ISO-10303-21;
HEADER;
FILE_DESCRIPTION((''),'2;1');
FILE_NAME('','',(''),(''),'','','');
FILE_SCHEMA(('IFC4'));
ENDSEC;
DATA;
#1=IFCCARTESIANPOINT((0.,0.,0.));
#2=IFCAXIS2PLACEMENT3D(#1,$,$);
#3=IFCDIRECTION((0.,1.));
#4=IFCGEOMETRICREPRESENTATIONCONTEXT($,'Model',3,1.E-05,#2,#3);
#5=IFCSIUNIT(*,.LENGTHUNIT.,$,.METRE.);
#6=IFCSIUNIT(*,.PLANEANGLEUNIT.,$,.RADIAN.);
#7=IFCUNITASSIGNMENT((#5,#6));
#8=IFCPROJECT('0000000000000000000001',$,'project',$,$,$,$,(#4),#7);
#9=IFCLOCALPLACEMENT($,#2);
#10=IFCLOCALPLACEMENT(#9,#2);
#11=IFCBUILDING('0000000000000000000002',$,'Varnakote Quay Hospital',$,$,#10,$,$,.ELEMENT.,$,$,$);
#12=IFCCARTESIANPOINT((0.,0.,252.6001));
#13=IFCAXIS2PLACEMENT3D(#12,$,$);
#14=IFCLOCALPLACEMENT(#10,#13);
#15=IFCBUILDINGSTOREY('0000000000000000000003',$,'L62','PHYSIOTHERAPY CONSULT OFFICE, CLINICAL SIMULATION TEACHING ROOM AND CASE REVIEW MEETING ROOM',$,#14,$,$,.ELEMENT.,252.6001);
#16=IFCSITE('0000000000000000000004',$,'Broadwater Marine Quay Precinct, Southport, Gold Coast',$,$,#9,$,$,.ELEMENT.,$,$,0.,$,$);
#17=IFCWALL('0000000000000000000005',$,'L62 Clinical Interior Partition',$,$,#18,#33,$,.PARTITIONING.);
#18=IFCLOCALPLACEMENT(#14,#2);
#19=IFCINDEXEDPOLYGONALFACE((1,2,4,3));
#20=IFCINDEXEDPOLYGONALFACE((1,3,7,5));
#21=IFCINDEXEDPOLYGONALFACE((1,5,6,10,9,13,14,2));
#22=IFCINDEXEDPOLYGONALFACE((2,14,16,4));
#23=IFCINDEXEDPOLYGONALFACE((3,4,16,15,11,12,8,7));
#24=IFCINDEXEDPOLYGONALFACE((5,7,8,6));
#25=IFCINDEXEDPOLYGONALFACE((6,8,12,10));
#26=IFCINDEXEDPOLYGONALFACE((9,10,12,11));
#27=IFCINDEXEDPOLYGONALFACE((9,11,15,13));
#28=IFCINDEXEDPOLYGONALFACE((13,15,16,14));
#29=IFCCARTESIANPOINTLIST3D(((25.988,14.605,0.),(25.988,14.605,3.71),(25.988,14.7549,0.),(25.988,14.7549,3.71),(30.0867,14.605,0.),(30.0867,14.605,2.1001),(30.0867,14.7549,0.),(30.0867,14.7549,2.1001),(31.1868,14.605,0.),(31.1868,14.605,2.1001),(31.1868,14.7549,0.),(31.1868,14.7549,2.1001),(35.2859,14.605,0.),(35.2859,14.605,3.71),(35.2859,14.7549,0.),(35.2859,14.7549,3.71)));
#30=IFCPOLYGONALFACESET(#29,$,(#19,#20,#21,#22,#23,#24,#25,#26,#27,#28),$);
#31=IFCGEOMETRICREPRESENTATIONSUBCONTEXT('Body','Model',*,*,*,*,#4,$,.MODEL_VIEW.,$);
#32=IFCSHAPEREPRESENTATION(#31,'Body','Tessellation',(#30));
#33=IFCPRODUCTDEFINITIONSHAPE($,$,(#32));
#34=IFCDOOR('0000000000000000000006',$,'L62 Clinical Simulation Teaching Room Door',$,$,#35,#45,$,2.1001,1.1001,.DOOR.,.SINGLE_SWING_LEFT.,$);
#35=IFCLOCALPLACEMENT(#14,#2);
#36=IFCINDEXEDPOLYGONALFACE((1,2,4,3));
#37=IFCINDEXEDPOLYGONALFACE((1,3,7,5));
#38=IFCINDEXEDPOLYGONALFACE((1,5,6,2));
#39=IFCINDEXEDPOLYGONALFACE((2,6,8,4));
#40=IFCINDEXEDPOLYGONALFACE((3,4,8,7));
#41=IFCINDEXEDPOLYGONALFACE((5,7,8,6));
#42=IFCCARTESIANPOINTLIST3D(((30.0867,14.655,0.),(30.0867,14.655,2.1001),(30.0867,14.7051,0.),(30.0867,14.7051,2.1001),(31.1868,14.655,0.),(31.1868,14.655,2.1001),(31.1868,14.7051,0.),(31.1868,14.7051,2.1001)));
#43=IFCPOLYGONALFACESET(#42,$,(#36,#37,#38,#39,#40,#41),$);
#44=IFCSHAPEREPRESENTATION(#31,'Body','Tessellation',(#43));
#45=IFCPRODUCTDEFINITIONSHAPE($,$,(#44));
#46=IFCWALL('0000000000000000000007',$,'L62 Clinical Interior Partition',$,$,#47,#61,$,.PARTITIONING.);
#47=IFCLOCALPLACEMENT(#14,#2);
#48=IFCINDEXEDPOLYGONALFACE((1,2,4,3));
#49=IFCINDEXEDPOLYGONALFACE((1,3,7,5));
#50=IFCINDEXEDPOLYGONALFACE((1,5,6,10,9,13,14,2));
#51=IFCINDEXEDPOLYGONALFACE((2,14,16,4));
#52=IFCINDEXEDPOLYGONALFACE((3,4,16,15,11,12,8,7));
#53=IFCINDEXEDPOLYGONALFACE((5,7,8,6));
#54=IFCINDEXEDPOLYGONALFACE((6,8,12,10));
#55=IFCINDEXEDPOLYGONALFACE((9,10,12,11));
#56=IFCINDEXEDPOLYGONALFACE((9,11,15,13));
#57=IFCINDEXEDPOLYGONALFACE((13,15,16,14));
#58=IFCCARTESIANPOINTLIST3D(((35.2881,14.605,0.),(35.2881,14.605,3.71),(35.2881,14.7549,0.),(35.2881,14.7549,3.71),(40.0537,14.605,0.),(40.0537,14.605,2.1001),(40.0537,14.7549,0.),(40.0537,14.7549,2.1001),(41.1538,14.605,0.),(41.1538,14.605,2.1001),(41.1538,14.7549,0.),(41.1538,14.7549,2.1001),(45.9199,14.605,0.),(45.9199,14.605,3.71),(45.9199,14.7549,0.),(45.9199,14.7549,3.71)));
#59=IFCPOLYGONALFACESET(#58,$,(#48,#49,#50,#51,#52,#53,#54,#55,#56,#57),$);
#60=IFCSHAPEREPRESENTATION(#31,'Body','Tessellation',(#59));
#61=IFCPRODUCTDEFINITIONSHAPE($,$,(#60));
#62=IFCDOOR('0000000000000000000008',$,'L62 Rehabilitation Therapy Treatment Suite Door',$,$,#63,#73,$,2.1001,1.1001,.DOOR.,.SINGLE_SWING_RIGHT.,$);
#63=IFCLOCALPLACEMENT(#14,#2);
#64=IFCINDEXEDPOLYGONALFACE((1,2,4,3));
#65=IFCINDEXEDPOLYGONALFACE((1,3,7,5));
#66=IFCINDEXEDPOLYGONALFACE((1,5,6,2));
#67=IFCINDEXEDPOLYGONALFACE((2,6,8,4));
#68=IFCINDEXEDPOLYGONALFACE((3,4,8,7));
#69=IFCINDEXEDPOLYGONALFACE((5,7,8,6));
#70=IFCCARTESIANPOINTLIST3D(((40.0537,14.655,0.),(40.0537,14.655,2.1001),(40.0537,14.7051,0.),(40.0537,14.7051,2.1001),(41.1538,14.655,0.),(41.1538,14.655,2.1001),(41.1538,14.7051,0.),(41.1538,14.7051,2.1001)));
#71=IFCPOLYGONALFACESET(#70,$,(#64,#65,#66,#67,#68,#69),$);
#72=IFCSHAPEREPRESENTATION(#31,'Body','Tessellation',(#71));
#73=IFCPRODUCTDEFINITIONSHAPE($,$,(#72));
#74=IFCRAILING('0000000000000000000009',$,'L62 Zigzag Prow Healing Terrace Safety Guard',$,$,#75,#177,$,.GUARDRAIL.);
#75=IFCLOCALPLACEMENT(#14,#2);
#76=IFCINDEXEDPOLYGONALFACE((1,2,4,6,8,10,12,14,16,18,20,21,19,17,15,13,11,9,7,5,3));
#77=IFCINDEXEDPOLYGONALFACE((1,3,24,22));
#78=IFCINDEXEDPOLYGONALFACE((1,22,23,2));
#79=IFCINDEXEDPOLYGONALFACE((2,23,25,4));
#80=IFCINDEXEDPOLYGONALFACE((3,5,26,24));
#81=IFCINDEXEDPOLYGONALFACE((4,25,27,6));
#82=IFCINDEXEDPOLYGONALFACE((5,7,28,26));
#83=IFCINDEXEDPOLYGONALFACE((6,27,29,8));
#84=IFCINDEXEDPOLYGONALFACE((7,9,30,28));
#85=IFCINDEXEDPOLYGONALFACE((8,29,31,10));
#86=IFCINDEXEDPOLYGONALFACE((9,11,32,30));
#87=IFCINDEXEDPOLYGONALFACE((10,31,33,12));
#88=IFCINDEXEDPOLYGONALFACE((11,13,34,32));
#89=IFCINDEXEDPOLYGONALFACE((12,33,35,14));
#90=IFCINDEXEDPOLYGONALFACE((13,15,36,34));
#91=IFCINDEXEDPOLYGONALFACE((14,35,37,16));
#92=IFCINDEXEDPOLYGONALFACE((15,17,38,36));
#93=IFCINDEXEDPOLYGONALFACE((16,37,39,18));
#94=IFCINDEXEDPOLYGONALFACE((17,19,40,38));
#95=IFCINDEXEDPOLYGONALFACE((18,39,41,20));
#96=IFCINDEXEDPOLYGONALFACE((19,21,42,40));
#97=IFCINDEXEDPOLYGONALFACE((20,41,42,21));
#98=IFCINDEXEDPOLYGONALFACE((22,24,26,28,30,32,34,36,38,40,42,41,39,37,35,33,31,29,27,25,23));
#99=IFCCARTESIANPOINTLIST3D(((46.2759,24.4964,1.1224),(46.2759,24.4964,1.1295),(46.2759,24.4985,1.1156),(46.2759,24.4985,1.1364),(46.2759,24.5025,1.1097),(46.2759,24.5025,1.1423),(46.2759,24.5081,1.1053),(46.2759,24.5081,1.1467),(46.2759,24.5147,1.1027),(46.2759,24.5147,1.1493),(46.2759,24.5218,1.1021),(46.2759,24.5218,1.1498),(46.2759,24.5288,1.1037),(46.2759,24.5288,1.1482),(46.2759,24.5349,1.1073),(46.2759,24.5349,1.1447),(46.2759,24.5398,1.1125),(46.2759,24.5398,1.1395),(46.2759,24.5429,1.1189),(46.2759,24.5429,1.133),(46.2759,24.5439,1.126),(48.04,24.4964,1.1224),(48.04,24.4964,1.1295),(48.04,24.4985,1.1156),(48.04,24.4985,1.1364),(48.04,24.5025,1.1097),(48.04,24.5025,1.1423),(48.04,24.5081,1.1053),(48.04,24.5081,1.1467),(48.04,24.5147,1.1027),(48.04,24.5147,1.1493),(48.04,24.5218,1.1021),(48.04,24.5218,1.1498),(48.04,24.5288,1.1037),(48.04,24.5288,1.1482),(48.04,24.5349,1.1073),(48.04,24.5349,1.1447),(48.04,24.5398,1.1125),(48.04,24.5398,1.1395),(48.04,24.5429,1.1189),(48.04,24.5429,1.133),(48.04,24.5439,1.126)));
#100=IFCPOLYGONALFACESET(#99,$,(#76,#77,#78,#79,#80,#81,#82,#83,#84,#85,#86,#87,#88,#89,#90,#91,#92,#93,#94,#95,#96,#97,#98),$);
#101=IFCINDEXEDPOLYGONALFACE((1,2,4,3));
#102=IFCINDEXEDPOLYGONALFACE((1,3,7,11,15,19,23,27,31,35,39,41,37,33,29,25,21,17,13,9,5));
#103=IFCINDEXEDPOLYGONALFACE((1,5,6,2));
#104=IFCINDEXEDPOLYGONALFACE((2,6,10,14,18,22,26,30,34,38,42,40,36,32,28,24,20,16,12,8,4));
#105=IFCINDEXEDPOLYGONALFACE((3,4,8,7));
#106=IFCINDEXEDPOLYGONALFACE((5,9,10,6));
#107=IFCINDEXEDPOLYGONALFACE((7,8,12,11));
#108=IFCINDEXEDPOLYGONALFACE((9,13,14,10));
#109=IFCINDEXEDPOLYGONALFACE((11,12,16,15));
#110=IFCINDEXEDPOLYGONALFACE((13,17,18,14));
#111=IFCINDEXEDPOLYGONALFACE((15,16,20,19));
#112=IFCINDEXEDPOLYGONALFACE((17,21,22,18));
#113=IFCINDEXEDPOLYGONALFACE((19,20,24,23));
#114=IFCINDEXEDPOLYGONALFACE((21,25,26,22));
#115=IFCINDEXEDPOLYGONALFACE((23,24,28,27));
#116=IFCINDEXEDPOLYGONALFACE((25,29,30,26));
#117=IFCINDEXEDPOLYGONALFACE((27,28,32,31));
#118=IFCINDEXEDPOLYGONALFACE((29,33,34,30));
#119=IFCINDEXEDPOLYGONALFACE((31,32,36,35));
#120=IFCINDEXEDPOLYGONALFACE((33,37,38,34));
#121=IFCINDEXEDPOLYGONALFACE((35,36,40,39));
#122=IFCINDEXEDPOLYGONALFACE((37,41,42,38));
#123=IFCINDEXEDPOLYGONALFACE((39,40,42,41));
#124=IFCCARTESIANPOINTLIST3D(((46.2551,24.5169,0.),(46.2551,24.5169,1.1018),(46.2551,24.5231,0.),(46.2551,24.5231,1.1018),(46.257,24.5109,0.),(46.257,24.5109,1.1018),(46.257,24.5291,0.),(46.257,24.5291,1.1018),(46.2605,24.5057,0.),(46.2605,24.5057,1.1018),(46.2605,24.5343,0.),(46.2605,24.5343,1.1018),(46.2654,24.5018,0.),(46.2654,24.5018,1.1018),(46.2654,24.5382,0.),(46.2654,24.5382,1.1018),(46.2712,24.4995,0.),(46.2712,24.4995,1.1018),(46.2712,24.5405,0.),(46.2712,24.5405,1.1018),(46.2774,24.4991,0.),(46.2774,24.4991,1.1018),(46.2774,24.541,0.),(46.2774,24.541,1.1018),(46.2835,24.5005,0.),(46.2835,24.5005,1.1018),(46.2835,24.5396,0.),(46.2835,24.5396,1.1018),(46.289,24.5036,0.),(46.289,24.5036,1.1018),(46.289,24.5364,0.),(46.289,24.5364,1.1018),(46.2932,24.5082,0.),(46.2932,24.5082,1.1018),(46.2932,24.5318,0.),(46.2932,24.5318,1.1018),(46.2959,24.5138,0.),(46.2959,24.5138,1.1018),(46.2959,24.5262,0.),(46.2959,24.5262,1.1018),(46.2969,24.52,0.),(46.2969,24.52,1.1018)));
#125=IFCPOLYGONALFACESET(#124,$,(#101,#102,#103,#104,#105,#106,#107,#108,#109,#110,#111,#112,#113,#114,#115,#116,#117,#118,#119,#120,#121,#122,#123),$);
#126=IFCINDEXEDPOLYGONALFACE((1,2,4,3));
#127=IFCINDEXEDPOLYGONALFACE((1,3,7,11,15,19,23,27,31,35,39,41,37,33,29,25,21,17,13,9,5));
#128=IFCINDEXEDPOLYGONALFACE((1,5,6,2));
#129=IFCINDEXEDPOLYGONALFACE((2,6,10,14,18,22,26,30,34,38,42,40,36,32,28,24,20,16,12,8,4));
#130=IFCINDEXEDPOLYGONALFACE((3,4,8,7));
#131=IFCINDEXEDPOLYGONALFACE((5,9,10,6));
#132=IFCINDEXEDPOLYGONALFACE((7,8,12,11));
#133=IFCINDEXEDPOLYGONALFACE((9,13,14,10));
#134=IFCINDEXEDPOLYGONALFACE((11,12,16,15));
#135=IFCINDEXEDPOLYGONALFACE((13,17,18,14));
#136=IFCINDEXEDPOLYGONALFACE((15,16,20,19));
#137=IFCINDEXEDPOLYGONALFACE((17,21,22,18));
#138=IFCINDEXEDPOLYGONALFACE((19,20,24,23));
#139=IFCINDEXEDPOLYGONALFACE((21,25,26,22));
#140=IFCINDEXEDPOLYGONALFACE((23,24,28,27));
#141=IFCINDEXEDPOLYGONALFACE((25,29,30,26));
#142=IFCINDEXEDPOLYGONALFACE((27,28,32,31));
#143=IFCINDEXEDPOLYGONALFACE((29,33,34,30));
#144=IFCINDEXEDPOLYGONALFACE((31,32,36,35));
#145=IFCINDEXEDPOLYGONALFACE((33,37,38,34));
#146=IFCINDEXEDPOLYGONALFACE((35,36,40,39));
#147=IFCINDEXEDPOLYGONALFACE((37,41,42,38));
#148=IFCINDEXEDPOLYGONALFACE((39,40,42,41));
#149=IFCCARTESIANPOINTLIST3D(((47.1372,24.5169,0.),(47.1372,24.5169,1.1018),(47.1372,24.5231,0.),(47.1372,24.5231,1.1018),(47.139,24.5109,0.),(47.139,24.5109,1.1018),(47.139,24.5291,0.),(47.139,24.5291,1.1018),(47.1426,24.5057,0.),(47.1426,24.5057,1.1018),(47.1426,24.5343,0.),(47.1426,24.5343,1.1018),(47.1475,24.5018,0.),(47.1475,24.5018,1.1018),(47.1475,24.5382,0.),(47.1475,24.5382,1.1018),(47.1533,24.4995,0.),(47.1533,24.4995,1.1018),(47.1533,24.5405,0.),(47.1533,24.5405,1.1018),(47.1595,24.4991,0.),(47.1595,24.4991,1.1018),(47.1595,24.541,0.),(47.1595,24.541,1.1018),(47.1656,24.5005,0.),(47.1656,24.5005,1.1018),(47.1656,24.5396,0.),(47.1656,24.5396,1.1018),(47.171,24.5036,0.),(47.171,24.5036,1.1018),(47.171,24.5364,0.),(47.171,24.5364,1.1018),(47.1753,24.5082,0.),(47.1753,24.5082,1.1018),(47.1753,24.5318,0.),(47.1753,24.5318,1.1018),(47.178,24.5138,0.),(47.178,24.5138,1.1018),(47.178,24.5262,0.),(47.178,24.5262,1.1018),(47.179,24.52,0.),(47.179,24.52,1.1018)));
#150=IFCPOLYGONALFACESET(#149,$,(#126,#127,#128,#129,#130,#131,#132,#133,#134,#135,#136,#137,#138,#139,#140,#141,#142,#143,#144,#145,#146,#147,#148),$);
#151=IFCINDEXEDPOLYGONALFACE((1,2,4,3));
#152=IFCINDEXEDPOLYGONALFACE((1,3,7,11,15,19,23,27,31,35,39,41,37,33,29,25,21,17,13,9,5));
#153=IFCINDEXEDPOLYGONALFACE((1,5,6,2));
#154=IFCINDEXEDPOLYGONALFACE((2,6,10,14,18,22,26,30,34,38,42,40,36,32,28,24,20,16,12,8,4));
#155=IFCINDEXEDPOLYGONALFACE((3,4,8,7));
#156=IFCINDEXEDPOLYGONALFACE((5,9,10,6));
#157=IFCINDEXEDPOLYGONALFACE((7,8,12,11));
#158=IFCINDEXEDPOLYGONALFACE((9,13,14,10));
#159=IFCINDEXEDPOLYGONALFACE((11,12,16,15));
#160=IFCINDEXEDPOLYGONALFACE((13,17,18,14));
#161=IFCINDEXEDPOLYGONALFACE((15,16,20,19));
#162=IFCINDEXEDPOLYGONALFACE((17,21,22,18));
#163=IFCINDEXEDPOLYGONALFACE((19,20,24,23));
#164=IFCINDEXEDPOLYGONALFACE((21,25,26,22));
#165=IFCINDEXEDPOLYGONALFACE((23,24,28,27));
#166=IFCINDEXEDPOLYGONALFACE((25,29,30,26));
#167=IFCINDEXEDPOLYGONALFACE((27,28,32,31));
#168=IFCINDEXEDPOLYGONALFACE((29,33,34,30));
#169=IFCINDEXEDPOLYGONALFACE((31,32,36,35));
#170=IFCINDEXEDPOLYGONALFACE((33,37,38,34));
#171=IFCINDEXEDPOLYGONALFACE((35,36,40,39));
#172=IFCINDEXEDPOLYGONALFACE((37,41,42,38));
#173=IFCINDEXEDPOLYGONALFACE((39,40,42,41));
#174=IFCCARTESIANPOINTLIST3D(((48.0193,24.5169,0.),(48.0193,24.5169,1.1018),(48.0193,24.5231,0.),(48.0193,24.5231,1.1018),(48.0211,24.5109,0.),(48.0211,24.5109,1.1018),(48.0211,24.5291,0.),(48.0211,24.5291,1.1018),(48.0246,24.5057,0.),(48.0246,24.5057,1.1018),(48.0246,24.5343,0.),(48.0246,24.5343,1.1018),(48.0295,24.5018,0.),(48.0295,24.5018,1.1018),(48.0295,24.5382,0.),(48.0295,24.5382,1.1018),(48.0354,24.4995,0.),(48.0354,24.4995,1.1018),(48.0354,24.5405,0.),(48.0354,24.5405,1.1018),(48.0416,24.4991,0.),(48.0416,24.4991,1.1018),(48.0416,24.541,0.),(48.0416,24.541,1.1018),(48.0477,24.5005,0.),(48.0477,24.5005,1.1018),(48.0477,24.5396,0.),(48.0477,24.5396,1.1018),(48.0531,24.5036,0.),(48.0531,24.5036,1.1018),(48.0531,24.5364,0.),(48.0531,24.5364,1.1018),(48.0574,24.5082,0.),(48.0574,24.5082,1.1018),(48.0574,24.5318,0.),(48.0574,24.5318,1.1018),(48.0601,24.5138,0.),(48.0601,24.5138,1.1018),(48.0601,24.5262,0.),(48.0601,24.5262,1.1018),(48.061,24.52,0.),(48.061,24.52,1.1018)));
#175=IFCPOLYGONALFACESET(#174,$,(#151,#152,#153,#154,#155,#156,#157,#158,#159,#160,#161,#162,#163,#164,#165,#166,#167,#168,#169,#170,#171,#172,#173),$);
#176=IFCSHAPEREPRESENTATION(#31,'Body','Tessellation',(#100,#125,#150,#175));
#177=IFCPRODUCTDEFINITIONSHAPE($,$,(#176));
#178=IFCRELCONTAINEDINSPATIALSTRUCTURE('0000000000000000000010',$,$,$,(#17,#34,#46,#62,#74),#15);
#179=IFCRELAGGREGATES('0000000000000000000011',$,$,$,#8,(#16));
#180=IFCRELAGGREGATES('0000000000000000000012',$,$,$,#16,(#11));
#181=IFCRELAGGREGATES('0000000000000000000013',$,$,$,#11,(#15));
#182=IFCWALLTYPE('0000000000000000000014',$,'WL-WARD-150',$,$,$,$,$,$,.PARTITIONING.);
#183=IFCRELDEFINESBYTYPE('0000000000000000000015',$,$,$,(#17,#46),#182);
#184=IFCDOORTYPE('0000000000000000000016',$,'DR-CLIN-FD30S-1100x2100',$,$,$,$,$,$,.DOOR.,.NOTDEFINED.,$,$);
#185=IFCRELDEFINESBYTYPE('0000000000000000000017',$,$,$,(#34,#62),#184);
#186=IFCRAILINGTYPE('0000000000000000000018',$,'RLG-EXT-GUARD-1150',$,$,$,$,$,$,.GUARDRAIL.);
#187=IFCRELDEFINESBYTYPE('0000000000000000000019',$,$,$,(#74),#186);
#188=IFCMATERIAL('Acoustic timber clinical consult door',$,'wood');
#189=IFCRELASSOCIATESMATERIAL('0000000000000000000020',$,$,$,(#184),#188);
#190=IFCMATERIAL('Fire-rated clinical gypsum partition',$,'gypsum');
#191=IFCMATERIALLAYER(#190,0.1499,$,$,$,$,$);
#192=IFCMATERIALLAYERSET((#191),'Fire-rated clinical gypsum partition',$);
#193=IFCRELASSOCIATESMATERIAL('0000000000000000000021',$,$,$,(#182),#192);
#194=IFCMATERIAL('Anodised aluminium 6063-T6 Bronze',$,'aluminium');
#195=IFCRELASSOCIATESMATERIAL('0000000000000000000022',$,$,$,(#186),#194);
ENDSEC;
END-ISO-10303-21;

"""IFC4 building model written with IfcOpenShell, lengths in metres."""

from ifc_helpers import new_model, si_unit, direction, frame, frame_2d, origin, origin_2d, place, context, subcontext, project, spatial, rectangle, circle, extrude, material, layer, layer_set, type_object, element, fill, save


model = new_model("IFC4")

# Units and contexts
model_context = context("Model", 3, precision=1e-05, world=origin(), true_north=direction((0.0, 1.0)))
body_context = subcontext(model_context, "Body", "Model", "MODEL_VIEW")
ifc_project = project(units=[si_unit("LENGTHUNIT", "METRE"), si_unit("PLANEANGLEUNIT", "RADIAN")], contexts=[model_context])

# Site, building, storey
site_placement = place(None, origin())
site = spatial("IfcSite", under=ifc_project, at=site_placement, Name="Broadwater Marine Quay Precinct, Southport, Gold Coast", CompositionType="ELEMENT", RefElevation=0.0)
building_placement = place(site_placement, origin())
building = spatial("IfcBuilding", under=site, at=building_placement, Name="Varnakote Quay Hospital", CompositionType="ELEMENT")
storey_placement = place(building_placement, frame((0.0, 0.0, 252.6001)))
storey = spatial("IfcBuildingStorey", under=building, at=storey_placement, Name="L62", Description="PHYSIOTHERAPY CONSULT OFFICE, CLINICAL SIMULATION TEACHING ROOM AND CASE REVIEW MEETING ROOM", CompositionType="ELEMENT", Elevation=252.6001)

# Shared definitions
ifc_material_1 = material(Name="Acoustic timber clinical consult door", Category="wood")
door_type = type_object("IfcDoorType", Name="DR-CLIN-FD30S-1100x2100", OperationType="NOTDEFINED", PredefinedType="DOOR", material=ifc_material_1)

# Walls, openings, doors
ifc_material_2 = material(Name="Fire-rated clinical gypsum partition", Category="gypsum")
ifc_layer_1 = layer(ifc_material_2, 0.1499)
ifc_layer_set_1 = layer_set([ifc_layer_1], Name="Fire-rated clinical gypsum partition")
wall_type_1 = type_object("IfcWallType", Name="WL-WARD-150", PredefinedType="PARTITIONING", material=ifc_layer_set_1)
wall_1_placement = place(storey_placement, frame((35.2859, 14.6799, 0.0), z_axis=(0.0, 0.0, 1.0), x_axis=(-1.0, 0.0, 0.0)))
wall_1 = element("IfcWall", 1, at=wall_1_placement, inside=storey, type_object=wall_type_1, Name="L62 Clinical Interior Partition", PredefinedType="PARTITIONING", context=body_context, shape_type="SweptSolid", body=[
    extrude(rectangle(XDim=9.2979, YDim=0.1499, at=frame_2d((4.6489, 0.0))), origin(), (0.0, 0.0, 1.0), 3.71),
])
opening_1_placement = place(wall_1_placement, frame((4.0991, 0.0, 0.0)))
opening_1 = element("IfcOpeningElement", 2, at=opening_1_placement, cuts=wall_1, PredefinedType="OPENING", context=body_context, shape_type="SweptSolid", body=[
    extrude(rectangle(XDim=1.1001, YDim=2.1001, at=frame_2d((0.55, 1.05))), frame((0.0, 0.085, 0.0), z_axis=(0.0, -1.0, 0.0), x_axis=(1.0, 0.0, 0.0)), (0.0, 0.0, 1.0), 0.1699),
])
door_1_placement = place(opening_1_placement, origin())
door_1 = element("IfcDoor", 3, at=door_1_placement, inside=storey, type_object=door_type, Name="L62 Clinical Simulation Teaching Room Door", OperationType="SINGLE_SWING_LEFT", OverallHeight=2.1001, OverallWidth=1.1001, PredefinedType="DOOR", context=body_context, shape_type="SweptSolid", body=[
    extrude(rectangle(XDim=1.1001, YDim=2.1001, at=frame_2d((0.55, 1.05))), frame((0.0, 0.0249, 0.0), z_axis=(0.0, -1.0, 0.0), x_axis=(1.0, 0.0, 0.0)), (0.0, 0.0, 1.0), 0.05),
])
fill(opening_1, door_1)
wall_2_placement = place(storey_placement, frame((45.9199, 14.6799, 0.0), z_axis=(0.0, 0.0, 1.0), x_axis=(-1.0, 0.0, 0.0)))
wall_2 = element("IfcWall", 4, at=wall_2_placement, inside=storey, type_object=wall_type_1, Name="L62 Clinical Interior Partition", PredefinedType="PARTITIONING", context=body_context, shape_type="SweptSolid", body=[
    extrude(rectangle(XDim=10.6318, YDim=0.1499, at=frame_2d((5.3159, 0.0))), origin(), (0.0, 0.0, 1.0), 3.71),
])
opening_2_placement = place(wall_2_placement, frame((4.7661, 0.0, 0.0)))
opening_2 = element("IfcOpeningElement", 5, at=opening_2_placement, cuts=wall_2, PredefinedType="OPENING", context=body_context, shape_type="SweptSolid", body=[
    extrude(rectangle(XDim=1.1001, YDim=2.1001, at=frame_2d((0.55, 1.05))), frame((0.0, 0.085, 0.0), z_axis=(0.0, -1.0, 0.0), x_axis=(1.0, 0.0, 0.0)), (0.0, 0.0, 1.0), 0.1699),
])
door_2_placement = place(opening_2_placement, origin())
door_2 = element("IfcDoor", 6, at=door_2_placement, inside=storey, type_object=door_type, Name="L62 Rehabilitation Therapy Treatment Suite Door", OperationType="SINGLE_SWING_RIGHT", OverallHeight=2.1001, OverallWidth=1.1001, PredefinedType="DOOR", context=body_context, shape_type="SweptSolid", body=[
    extrude(rectangle(XDim=1.1001, YDim=2.1001, at=frame_2d((0.55, 1.05))), frame((0.0, 0.0249, 0.0), z_axis=(0.0, -1.0, 0.0), x_axis=(1.0, 0.0, 0.0)), (0.0, 0.0, 1.0), 0.05),
])
fill(opening_2, door_2)

# Railing
ifc_material_3 = material(Name="Anodised aluminium 6063-T6 Bronze", Category="aluminium")
railing_type = type_object("IfcRailingType", Name="RLG-EXT-GUARD-1150", PredefinedType="GUARDRAIL", material=ifc_material_3)
railing_1_placement = place(storey_placement, frame((46.2759, 24.52, 0.0)))
element("IfcRailing", 7, at=railing_1_placement, inside=storey, type_object=railing_type, Name="L62 Zigzag Prow Healing Terrace Safety Guard", PredefinedType="GUARDRAIL", context=body_context, shape_type="SweptSolid", body=[
    extrude(circle(Radius=0.0239, at=origin_2d()), frame((0.0, 0.0, 1.126), z_axis=(1.0, 0.0, 0.0), x_axis=(0.0, 1.0, 0.0)), (0.0, 0.0, 1.0), 1.7642),
    extrude(circle(Radius=0.021, at=origin_2d()), origin(), (0.0, 0.0, 1.0), 1.1018),
    extrude(circle(Radius=0.021, at=origin_2d()), frame((0.8821, 0.0, 0.0)), (0.0, 0.0, 1.0), 1.1018),
    extrude(circle(Radius=0.021, at=origin_2d()), frame((1.7642, 0.0, 0.0)), (0.0, 0.0, 1.0), 1.1018),
])

save(model, "model.ifc")
